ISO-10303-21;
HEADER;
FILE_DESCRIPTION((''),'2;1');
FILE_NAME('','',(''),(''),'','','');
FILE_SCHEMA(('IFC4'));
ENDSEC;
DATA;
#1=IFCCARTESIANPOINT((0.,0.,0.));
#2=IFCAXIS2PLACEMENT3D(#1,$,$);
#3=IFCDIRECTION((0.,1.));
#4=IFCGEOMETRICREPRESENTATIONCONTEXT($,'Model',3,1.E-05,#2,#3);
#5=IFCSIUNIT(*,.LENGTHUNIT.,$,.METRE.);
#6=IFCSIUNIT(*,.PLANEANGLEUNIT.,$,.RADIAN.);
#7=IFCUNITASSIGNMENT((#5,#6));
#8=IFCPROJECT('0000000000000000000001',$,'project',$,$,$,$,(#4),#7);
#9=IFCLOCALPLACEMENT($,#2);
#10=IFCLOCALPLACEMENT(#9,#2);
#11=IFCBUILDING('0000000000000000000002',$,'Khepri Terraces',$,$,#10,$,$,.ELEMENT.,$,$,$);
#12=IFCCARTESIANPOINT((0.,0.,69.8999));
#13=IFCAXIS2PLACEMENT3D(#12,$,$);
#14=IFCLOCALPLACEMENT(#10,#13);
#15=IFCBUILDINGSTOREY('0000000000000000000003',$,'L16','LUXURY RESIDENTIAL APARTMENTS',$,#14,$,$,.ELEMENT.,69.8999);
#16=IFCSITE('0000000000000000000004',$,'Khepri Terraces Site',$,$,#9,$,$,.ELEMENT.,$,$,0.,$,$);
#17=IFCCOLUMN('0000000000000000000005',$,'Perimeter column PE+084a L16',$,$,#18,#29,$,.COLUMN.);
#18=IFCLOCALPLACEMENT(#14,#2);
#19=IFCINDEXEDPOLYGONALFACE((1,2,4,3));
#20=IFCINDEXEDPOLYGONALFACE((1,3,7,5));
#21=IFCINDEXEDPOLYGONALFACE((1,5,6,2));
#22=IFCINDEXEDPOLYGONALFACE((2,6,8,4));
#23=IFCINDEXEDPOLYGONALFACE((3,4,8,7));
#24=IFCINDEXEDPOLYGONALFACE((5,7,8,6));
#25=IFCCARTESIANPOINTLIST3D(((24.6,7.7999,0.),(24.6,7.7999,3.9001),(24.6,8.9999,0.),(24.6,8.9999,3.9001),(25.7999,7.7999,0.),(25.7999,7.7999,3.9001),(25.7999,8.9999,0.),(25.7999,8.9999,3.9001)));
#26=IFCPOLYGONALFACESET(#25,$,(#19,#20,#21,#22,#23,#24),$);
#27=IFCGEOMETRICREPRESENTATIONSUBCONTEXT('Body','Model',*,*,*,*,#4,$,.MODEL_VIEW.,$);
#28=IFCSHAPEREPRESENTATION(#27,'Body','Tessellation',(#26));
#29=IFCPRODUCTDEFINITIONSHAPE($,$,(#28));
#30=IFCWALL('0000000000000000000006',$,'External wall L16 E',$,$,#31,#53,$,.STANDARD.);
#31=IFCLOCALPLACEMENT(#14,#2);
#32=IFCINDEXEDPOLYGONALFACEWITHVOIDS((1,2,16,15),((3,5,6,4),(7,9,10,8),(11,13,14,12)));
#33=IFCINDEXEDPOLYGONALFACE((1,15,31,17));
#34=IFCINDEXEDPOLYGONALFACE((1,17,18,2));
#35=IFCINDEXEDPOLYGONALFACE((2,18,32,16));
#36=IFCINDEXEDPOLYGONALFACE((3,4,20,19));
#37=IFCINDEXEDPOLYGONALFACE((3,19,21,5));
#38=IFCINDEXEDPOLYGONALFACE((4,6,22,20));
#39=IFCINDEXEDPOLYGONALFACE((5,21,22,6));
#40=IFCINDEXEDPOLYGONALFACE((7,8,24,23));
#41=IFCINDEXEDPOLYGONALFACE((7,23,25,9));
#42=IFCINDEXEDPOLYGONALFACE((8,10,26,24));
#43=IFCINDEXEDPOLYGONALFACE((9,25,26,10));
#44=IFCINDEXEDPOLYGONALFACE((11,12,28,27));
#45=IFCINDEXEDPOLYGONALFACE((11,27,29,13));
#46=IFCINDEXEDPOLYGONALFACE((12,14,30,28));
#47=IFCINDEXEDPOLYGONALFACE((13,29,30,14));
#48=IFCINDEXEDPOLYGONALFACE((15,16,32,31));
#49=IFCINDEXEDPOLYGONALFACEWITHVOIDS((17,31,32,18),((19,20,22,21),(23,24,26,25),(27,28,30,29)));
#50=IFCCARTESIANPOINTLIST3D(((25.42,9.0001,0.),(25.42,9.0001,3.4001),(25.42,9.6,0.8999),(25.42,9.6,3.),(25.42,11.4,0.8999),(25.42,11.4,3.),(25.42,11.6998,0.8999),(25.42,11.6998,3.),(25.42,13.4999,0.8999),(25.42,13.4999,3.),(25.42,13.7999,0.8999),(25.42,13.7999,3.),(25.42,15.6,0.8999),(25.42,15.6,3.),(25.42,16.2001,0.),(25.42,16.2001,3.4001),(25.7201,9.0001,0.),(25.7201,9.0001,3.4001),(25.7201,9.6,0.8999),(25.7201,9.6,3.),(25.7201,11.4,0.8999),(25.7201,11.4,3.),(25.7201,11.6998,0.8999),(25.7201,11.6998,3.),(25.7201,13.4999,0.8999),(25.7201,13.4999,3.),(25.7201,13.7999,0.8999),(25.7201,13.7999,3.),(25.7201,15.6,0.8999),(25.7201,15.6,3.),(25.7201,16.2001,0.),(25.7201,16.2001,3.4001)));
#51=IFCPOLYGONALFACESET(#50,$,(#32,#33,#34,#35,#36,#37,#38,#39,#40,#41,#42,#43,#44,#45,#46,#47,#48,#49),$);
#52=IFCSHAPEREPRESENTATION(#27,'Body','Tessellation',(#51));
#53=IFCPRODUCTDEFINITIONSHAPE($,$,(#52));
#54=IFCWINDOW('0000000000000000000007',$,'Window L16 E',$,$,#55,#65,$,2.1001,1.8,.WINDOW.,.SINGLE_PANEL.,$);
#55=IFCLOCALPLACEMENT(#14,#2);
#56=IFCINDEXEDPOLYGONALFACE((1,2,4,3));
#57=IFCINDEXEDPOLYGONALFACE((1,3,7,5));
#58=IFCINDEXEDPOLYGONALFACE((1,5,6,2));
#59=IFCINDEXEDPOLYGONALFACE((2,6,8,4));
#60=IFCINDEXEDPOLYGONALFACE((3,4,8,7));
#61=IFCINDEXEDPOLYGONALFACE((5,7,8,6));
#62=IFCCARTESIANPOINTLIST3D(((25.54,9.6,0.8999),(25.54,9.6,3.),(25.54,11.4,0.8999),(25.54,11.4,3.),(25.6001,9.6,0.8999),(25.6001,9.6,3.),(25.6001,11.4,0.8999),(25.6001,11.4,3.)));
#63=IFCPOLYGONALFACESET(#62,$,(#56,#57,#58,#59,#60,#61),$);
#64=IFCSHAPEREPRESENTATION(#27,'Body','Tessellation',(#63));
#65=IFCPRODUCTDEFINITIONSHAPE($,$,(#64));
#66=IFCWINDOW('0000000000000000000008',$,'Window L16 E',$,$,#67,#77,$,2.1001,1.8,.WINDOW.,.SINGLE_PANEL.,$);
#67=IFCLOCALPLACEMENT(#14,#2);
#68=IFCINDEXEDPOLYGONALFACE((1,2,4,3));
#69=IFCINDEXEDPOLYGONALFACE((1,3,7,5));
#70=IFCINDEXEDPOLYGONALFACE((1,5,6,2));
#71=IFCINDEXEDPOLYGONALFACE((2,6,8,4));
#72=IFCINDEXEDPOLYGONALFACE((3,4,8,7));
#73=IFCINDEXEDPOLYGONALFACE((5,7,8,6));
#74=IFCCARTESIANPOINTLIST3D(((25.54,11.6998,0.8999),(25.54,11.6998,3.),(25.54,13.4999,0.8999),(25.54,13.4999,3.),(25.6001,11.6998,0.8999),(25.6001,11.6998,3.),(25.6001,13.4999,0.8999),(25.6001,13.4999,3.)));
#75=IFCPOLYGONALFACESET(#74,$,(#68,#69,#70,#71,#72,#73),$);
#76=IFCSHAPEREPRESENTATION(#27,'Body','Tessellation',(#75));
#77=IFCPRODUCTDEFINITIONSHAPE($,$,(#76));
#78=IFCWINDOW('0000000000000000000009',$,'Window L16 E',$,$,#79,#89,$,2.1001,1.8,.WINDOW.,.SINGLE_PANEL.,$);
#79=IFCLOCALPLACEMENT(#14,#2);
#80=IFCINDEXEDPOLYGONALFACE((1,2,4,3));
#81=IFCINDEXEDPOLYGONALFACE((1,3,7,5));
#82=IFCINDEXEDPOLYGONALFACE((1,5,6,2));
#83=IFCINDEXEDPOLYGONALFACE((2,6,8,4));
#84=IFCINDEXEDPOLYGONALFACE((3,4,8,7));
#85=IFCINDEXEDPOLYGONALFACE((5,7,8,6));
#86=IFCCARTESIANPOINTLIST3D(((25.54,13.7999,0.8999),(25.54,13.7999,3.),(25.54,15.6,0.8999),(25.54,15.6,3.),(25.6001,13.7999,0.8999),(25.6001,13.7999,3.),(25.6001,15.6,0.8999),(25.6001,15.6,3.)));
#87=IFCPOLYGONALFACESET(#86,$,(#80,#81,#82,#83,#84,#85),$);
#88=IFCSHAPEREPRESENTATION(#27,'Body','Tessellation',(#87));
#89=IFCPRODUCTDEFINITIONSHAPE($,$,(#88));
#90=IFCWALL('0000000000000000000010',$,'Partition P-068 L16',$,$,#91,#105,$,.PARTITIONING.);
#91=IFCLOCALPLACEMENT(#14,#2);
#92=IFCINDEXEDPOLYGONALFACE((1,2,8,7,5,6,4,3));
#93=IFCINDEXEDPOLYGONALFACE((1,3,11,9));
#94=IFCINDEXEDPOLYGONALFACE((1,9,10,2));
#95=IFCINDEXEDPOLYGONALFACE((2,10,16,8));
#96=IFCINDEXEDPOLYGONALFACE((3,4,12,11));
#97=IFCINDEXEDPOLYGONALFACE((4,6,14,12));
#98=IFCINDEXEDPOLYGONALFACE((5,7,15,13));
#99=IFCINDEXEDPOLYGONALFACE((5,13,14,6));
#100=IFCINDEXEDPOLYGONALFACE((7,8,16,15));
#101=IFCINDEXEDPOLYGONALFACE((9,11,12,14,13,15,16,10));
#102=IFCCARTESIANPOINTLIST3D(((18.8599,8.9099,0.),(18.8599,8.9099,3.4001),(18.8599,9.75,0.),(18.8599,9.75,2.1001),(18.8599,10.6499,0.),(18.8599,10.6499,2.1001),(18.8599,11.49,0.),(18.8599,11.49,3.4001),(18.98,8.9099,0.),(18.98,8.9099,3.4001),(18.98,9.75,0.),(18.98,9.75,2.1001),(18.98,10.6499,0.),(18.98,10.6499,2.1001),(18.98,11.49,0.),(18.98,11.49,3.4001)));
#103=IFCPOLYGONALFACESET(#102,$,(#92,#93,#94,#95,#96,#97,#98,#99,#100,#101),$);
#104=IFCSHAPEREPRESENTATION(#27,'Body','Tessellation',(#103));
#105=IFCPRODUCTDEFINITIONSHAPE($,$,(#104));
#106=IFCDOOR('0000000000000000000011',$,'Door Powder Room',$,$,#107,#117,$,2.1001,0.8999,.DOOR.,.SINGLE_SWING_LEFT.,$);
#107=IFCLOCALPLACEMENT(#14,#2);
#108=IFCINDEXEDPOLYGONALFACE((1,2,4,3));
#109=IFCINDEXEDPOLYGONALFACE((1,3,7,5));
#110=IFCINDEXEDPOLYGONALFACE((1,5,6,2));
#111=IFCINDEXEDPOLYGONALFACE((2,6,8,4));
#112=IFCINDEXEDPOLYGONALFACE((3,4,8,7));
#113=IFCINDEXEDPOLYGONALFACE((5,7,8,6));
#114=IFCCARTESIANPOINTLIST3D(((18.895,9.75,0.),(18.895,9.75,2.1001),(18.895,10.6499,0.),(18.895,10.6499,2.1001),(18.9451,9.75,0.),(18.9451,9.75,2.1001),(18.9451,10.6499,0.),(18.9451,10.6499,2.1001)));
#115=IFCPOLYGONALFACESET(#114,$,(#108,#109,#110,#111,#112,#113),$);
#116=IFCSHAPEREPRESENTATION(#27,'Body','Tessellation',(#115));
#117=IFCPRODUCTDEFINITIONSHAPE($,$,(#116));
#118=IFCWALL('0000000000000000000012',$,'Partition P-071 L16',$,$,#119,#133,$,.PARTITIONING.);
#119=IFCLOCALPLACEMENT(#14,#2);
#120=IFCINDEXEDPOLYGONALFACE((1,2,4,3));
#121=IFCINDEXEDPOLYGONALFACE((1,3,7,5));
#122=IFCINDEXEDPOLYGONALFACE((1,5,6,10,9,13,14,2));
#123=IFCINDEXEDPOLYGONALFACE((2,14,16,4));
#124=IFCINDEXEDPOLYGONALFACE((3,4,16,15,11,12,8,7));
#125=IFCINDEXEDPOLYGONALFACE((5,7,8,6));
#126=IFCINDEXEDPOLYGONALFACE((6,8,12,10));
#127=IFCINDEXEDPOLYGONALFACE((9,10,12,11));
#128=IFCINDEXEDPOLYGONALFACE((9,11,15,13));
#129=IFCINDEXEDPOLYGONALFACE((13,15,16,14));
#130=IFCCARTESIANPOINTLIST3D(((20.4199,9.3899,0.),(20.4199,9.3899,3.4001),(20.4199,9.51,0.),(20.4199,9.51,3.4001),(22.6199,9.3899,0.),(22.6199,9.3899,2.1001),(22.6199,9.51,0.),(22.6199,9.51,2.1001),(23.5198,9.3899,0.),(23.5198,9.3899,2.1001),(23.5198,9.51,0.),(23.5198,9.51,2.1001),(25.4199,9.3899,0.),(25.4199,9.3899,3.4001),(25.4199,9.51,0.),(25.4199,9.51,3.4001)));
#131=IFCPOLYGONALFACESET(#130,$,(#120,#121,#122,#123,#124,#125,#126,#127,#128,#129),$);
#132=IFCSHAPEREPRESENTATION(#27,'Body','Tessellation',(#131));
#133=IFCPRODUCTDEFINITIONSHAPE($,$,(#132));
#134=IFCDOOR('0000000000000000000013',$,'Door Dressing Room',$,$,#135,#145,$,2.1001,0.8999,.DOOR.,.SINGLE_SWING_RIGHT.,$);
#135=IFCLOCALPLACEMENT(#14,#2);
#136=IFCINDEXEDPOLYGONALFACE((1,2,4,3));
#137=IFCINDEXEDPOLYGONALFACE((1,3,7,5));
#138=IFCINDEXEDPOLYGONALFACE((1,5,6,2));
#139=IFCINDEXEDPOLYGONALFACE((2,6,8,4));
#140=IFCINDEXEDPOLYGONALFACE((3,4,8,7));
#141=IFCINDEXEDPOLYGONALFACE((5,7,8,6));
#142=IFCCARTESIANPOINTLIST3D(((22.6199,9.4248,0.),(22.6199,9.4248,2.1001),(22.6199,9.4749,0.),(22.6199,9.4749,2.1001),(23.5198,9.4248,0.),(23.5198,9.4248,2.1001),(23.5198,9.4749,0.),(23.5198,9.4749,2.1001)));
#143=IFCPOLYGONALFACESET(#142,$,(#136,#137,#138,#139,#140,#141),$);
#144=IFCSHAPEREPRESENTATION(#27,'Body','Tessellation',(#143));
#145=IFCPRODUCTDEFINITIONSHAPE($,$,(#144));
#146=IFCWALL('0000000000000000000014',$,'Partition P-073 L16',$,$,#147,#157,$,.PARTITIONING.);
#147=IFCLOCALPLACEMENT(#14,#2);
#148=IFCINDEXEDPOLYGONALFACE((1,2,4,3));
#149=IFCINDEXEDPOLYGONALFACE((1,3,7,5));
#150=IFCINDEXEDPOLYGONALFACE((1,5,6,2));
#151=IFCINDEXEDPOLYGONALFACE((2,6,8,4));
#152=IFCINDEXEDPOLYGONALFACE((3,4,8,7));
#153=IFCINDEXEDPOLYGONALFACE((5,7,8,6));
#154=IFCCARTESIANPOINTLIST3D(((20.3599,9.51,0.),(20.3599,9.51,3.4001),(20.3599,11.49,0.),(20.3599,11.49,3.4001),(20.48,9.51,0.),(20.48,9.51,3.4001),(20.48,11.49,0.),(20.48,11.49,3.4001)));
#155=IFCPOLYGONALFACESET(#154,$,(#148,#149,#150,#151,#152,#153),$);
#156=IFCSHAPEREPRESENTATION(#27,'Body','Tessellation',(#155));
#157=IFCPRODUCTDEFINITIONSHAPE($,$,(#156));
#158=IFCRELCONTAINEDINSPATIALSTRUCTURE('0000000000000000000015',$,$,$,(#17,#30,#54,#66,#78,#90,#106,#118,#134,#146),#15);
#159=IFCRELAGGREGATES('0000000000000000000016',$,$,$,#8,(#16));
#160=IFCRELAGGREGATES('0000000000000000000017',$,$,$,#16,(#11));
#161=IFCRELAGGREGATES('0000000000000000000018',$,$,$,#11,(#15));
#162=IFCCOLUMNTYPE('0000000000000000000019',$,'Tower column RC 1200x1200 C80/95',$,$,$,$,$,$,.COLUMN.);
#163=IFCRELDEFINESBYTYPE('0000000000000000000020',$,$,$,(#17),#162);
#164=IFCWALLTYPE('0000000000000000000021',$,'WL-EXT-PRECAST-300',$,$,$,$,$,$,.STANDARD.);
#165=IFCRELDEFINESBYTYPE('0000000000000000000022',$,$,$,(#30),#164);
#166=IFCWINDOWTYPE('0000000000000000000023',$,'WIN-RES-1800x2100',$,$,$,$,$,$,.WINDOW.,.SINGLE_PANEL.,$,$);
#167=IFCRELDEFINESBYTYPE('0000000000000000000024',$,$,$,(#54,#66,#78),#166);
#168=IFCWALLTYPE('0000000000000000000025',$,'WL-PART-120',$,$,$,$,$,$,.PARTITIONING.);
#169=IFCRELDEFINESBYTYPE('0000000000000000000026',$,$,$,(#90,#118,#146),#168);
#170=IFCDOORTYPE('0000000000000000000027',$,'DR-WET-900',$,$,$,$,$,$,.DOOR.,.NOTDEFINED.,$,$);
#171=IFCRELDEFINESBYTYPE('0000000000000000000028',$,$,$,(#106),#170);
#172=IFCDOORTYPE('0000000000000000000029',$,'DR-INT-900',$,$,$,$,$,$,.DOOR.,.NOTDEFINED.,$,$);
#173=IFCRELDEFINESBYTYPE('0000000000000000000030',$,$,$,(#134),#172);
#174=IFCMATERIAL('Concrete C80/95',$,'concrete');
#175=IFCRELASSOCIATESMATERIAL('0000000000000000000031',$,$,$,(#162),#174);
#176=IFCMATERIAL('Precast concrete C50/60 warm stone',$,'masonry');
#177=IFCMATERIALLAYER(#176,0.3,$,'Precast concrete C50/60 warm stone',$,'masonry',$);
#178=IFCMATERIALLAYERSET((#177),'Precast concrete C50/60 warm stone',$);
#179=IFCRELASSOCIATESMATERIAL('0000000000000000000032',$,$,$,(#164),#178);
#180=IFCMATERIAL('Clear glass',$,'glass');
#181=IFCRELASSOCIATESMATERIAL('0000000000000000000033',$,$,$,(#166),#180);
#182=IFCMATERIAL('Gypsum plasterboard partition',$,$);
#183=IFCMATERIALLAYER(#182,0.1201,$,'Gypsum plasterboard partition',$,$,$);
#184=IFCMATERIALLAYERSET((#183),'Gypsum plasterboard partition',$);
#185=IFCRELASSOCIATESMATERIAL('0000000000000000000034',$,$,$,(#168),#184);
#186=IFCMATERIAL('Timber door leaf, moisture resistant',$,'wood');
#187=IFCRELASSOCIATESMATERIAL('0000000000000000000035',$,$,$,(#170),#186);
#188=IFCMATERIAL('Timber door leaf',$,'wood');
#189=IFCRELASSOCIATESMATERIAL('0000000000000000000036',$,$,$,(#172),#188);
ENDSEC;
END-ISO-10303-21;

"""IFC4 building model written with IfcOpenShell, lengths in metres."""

from ifc_helpers import new_model, si_unit, direction, frame, frame_2d, origin, origin_2d, place, context, subcontext, project, spatial, rectangle, extrude, material, layer, layer_set, material_profile, profile_set, type_object, element, fill, save


model = new_model("IFC4")

# Units and contexts
model_context = context("Model", 3, precision=1e-05, world=origin(), true_north=direction((0.0, 1.0)))
body_context = subcontext(model_context, "Body", "Model", "MODEL_VIEW")
ifc_project = project(units=[si_unit("LENGTHUNIT", "METRE"), si_unit("PLANEANGLEUNIT", "RADIAN")], contexts=[model_context])

# Site, building, storey
site_placement = place(None, origin())
site = spatial("IfcSite", under=ifc_project, at=site_placement, Name="Khepri Terraces Site", CompositionType="ELEMENT", RefElevation=0.0)
building_placement = place(site_placement, origin())
building = spatial("IfcBuilding", under=site, at=building_placement, Name="Khepri Terraces", CompositionType="ELEMENT")
storey_placement = place(building_placement, frame((0.0, 0.0, 69.8999)))
storey = spatial("IfcBuildingStorey", under=building, at=storey_placement, Name="L16", Description="LUXURY RESIDENTIAL APARTMENTS", CompositionType="ELEMENT", Elevation=69.8999)

# Column
ifc_material_1 = material(Name="Concrete C80/95", Category="concrete")
ifc_material_profile = material_profile(ifc_material_1, rectangle(XDim=1.2, YDim=1.2, at=origin_2d()), Name="Concrete C80/95", Category="concrete")
ifc_profile_set = profile_set([ifc_material_profile], Name="Concrete C80/95")
column_type = type_object("IfcColumnType", Name="Tower column RC 1200x1200 C80/95", PredefinedType="COLUMN", material=ifc_profile_set)
column_placement = place(storey_placement, frame((25.2, 8.3999, 0.0), z_axis=(0.0, 0.0, 1.0), x_axis=(1.0, 0.0, 0.0)))
element("IfcColumn", 1, at=column_placement, inside=storey, type_object=column_type, Name="Perimeter column PE+084a L16", PredefinedType="COLUMN", context=body_context, shape_type="SweptSolid", body=[
    extrude(rectangle(XDim=1.2, YDim=1.2, at=origin_2d()), origin(), (0.0, 0.0, 1.0), 3.9001),
])

# Wall, openings, windows
ifc_material_2 = material(Name="Precast concrete C50/60 warm stone", Category="masonry")
ifc_layer_1 = layer(ifc_material_2, 0.3, Name="Precast concrete C50/60 warm stone", Category="masonry")
ifc_layer_set_1 = layer_set([ifc_layer_1], Name="Precast concrete C50/60 warm stone")
wall_type_1 = type_object("IfcWallType", Name="WL-EXT-PRECAST-300", PredefinedType="STANDARD", material=ifc_layer_set_1)
wall_1_placement = place(storey_placement, frame((25.5701, 9.0, 0.0), z_axis=(0.0, 0.0, 1.0), x_axis=(0.0, 1.0, 0.0)))
wall_1 = element("IfcWall", 2, at=wall_1_placement, inside=storey, type_object=wall_type_1, Name="External wall L16 E", PredefinedType="STANDARD", context=body_context, shape_type="SweptSolid", body=[
    extrude(rectangle(XDim=7.2, YDim=0.3, at=frame_2d((3.6001, 0.0))), origin(), (0.0, 0.0, 1.0), 3.4001),
])
opening_1_placement = place(wall_1_placement, frame((0.6001, 0.0, 0.8999)))
opening_1 = element("IfcOpeningElement", 3, at=opening_1_placement, cuts=wall_1, PredefinedType="OPENING", context=body_context, shape_type="SweptSolid", body=[
    extrude(rectangle(XDim=1.8, YDim=2.1001, at=frame_2d((0.8999, 1.05))), frame((0.0, 0.1602, 0.0), z_axis=(0.0, -1.0, 0.0), x_axis=(1.0, 0.0, 0.0)), (0.0, 0.0, 1.0), 0.3201),
])
opening_2_placement = place(wall_1_placement, frame((2.7, 0.0, 0.8999)))
opening_2 = element("IfcOpeningElement", 4, at=opening_2_placement, cuts=wall_1, PredefinedType="OPENING", context=body_context, shape_type="SweptSolid", body=[
    extrude(rectangle(XDim=1.8, YDim=2.1001, at=frame_2d((0.8999, 1.05))), frame((0.0, 0.1602, 0.0), z_axis=(0.0, -1.0, 0.0), x_axis=(1.0, 0.0, 0.0)), (0.0, 0.0, 1.0), 0.3201),
])
opening_3_placement = place(wall_1_placement, frame((4.8, 0.0, 0.8999)))
opening_3 = element("IfcOpeningElement", 5, at=opening_3_placement, cuts=wall_1, PredefinedType="OPENING", context=body_context, shape_type="SweptSolid", body=[
    extrude(rectangle(XDim=1.8, YDim=2.1001, at=frame_2d((0.8999, 1.05))), frame((0.0, 0.1602, 0.0), z_axis=(0.0, -1.0, 0.0), x_axis=(1.0, 0.0, 0.0)), (0.0, 0.0, 1.0), 0.3201),
])
ifc_material_3 = material(Name="Clear glass", Category="glass")
window_type = type_object("IfcWindowType", Name="WIN-RES-1800x2100", PartitioningType="SINGLE_PANEL", PredefinedType="WINDOW", material=ifc_material_3)
window_1_placement = place(opening_1_placement, origin())
window_1 = element("IfcWindow", 6, at=window_1_placement, inside=storey, type_object=window_type, Name="Window L16 E", OverallHeight=2.1001, OverallWidth=1.8, PartitioningType="SINGLE_PANEL", PredefinedType="WINDOW", context=body_context, shape_type="SweptSolid", body=[
    extrude(rectangle(XDim=1.8, YDim=2.1001, at=frame_2d((0.8999, 1.05))), frame((0.0, 0.03, 0.0), z_axis=(0.0, -1.0, 0.0), x_axis=(1.0, 0.0, 0.0)), (0.0, 0.0, 1.0), 0.0601),
])
fill(opening_1, window_1)
window_2_placement = place(opening_2_placement, origin())
window_2 = element("IfcWindow", 7, at=window_2_placement, inside=storey, type_object=window_type, Name="Window L16 E", OverallHeight=2.1001, OverallWidth=1.8, PartitioningType="SINGLE_PANEL", PredefinedType="WINDOW", context=body_context, shape_type="SweptSolid", body=[
    extrude(rectangle(XDim=1.8, YDim=2.1001, at=frame_2d((0.8999, 1.05))), frame((0.0, 0.03, 0.0), z_axis=(0.0, -1.0, 0.0), x_axis=(1.0, 0.0, 0.0)), (0.0, 0.0, 1.0), 0.0601),
])
fill(opening_2, window_2)
window_3_placement = place(opening_3_placement, origin())
window_3 = element("IfcWindow", 8, at=window_3_placement, inside=storey, type_object=window_type, Name="Window L16 E", OverallHeight=2.1001, OverallWidth=1.8, PartitioningType="SINGLE_PANEL", PredefinedType="WINDOW", context=body_context, shape_type="SweptSolid", body=[
    extrude(rectangle(XDim=1.8, YDim=2.1001, at=frame_2d((0.8999, 1.05))), frame((0.0, 0.03, 0.0), z_axis=(0.0, -1.0, 0.0), x_axis=(1.0, 0.0, 0.0)), (0.0, 0.0, 1.0), 0.0601),
])
fill(opening_3, window_3)

# Walls, openings, doors
ifc_material_4 = material(Name="Gypsum plasterboard partition")
ifc_layer_2 = layer(ifc_material_4, 0.1201, Name="Gypsum plasterboard partition")
ifc_layer_set_2 = layer_set([ifc_layer_2], Name="Gypsum plasterboard partition")
wall_type_2 = type_object("IfcWallType", Name="WL-PART-120", PredefinedType="PARTITIONING", material=ifc_layer_set_2)
wall_2_placement = place(storey_placement, frame((18.9199, 8.9099, 0.0), z_axis=(0.0, 0.0, 1.0), x_axis=(0.0, 1.0, 0.0)))
wall_2 = element("IfcWall", 9, at=wall_2_placement, inside=storey, type_object=wall_type_2, Name="Partition P-068 L16", PredefinedType="PARTITIONING", context=body_context, shape_type="SweptSolid", body=[
    extrude(rectangle(XDim=2.5801, YDim=0.1201, at=frame_2d((1.29, 0.0))), origin(), (0.0, 0.0, 1.0), 3.4001),
])
opening_4_placement = place(wall_2_placement, frame((0.8401, 0.0, 0.0)))
opening_4 = element("IfcOpeningElement", 10, at=opening_4_placement, cuts=wall_2, PredefinedType="OPENING", context=body_context, shape_type="SweptSolid", body=[
    extrude(rectangle(XDim=0.8999, YDim=2.1001, at=frame_2d((0.45, 1.05))), frame((0.0, 0.0701, 0.0), z_axis=(0.0, -1.0, 0.0), x_axis=(1.0, 0.0, 0.0)), (0.0, 0.0, 1.0), 0.1401),
])
ifc_material_5 = material(Name="Timber door leaf, moisture resistant", Category="wood")
door_type_1 = type_object("IfcDoorType", Name="DR-WET-900", OperationType="NOTDEFINED", PredefinedType="DOOR", material=ifc_material_5)
door_1_placement = place(opening_4_placement, origin())
door_1 = element("IfcDoor", 11, at=door_1_placement, inside=storey, type_object=door_type_1, Name="Door Powder Room", OperationType="SINGLE_SWING_LEFT", OverallHeight=2.1001, OverallWidth=0.8999, PredefinedType="DOOR", context=body_context, shape_type="SweptSolid", body=[
    extrude(rectangle(XDim=0.8999, YDim=2.1001, at=frame_2d((0.45, 1.05))), frame((0.0, 0.0249, 0.0), z_axis=(0.0, -1.0, 0.0), x_axis=(1.0, 0.0, 0.0)), (0.0, 0.0, 1.0), 0.05),
])
fill(opening_4, door_1)
wall_3_placement = place(storey_placement, frame((20.4199, 9.45, 0.0), z_axis=(0.0, 0.0, 1.0), x_axis=(1.0, 0.0, 0.0)))
wall_3 = element("IfcWall", 12, at=wall_3_placement, inside=storey, type_object=wall_type_2, Name="Partition P-071 L16", PredefinedType="PARTITIONING", context=body_context, shape_type="SweptSolid", body=[
    extrude(rectangle(XDim=5.0, YDim=0.1201, at=frame_2d((2.5, 0.0))), origin(), (0.0, 0.0, 1.0), 3.4001),
])
opening_5_placement = place(wall_3_placement, frame((2.2, 0.0, 0.0)))
opening_5 = element("IfcOpeningElement", 13, at=opening_5_placement, cuts=wall_3, PredefinedType="OPENING", context=body_context, shape_type="SweptSolid", body=[
    extrude(rectangle(XDim=0.8999, YDim=2.1001, at=frame_2d((0.45, 1.05))), frame((0.0, 0.0701, 0.0), z_axis=(0.0, -1.0, 0.0), x_axis=(1.0, 0.0, 0.0)), (0.0, 0.0, 1.0), 0.1401),
])
ifc_material_6 = material(Name="Timber door leaf", Category="wood")
door_type_2 = type_object("IfcDoorType", Name="DR-INT-900", OperationType="NOTDEFINED", PredefinedType="DOOR", material=ifc_material_6)
door_2_placement = place(opening_5_placement, origin())
door_2 = element("IfcDoor", 14, at=door_2_placement, inside=storey, type_object=door_type_2, Name="Door Dressing Room", OperationType="SINGLE_SWING_RIGHT", OverallHeight=2.1001, OverallWidth=0.8999, PredefinedType="DOOR", context=body_context, shape_type="SweptSolid", body=[
    extrude(rectangle(XDim=0.8999, YDim=2.1001, at=frame_2d((0.45, 1.05))), frame((0.0, 0.0249, 0.0), z_axis=(0.0, -1.0, 0.0), x_axis=(1.0, 0.0, 0.0)), (0.0, 0.0, 1.0), 0.05),
])
fill(opening_5, door_2)

# Wall
wall_4_placement = place(storey_placement, frame((20.4199, 9.51, 0.0), z_axis=(0.0, 0.0, 1.0), x_axis=(0.0, 1.0, 0.0)))
element("IfcWall", 15, at=wall_4_placement, inside=storey, type_object=wall_type_2, Name="Partition P-073 L16", PredefinedType="PARTITIONING", context=body_context, shape_type="SweptSolid", body=[
    extrude(rectangle(XDim=1.98, YDim=0.1201, at=frame_2d((0.99, 0.0))), origin(), (0.0, 0.0, 1.0), 3.4001),
])

save(model, "model.ifc")
